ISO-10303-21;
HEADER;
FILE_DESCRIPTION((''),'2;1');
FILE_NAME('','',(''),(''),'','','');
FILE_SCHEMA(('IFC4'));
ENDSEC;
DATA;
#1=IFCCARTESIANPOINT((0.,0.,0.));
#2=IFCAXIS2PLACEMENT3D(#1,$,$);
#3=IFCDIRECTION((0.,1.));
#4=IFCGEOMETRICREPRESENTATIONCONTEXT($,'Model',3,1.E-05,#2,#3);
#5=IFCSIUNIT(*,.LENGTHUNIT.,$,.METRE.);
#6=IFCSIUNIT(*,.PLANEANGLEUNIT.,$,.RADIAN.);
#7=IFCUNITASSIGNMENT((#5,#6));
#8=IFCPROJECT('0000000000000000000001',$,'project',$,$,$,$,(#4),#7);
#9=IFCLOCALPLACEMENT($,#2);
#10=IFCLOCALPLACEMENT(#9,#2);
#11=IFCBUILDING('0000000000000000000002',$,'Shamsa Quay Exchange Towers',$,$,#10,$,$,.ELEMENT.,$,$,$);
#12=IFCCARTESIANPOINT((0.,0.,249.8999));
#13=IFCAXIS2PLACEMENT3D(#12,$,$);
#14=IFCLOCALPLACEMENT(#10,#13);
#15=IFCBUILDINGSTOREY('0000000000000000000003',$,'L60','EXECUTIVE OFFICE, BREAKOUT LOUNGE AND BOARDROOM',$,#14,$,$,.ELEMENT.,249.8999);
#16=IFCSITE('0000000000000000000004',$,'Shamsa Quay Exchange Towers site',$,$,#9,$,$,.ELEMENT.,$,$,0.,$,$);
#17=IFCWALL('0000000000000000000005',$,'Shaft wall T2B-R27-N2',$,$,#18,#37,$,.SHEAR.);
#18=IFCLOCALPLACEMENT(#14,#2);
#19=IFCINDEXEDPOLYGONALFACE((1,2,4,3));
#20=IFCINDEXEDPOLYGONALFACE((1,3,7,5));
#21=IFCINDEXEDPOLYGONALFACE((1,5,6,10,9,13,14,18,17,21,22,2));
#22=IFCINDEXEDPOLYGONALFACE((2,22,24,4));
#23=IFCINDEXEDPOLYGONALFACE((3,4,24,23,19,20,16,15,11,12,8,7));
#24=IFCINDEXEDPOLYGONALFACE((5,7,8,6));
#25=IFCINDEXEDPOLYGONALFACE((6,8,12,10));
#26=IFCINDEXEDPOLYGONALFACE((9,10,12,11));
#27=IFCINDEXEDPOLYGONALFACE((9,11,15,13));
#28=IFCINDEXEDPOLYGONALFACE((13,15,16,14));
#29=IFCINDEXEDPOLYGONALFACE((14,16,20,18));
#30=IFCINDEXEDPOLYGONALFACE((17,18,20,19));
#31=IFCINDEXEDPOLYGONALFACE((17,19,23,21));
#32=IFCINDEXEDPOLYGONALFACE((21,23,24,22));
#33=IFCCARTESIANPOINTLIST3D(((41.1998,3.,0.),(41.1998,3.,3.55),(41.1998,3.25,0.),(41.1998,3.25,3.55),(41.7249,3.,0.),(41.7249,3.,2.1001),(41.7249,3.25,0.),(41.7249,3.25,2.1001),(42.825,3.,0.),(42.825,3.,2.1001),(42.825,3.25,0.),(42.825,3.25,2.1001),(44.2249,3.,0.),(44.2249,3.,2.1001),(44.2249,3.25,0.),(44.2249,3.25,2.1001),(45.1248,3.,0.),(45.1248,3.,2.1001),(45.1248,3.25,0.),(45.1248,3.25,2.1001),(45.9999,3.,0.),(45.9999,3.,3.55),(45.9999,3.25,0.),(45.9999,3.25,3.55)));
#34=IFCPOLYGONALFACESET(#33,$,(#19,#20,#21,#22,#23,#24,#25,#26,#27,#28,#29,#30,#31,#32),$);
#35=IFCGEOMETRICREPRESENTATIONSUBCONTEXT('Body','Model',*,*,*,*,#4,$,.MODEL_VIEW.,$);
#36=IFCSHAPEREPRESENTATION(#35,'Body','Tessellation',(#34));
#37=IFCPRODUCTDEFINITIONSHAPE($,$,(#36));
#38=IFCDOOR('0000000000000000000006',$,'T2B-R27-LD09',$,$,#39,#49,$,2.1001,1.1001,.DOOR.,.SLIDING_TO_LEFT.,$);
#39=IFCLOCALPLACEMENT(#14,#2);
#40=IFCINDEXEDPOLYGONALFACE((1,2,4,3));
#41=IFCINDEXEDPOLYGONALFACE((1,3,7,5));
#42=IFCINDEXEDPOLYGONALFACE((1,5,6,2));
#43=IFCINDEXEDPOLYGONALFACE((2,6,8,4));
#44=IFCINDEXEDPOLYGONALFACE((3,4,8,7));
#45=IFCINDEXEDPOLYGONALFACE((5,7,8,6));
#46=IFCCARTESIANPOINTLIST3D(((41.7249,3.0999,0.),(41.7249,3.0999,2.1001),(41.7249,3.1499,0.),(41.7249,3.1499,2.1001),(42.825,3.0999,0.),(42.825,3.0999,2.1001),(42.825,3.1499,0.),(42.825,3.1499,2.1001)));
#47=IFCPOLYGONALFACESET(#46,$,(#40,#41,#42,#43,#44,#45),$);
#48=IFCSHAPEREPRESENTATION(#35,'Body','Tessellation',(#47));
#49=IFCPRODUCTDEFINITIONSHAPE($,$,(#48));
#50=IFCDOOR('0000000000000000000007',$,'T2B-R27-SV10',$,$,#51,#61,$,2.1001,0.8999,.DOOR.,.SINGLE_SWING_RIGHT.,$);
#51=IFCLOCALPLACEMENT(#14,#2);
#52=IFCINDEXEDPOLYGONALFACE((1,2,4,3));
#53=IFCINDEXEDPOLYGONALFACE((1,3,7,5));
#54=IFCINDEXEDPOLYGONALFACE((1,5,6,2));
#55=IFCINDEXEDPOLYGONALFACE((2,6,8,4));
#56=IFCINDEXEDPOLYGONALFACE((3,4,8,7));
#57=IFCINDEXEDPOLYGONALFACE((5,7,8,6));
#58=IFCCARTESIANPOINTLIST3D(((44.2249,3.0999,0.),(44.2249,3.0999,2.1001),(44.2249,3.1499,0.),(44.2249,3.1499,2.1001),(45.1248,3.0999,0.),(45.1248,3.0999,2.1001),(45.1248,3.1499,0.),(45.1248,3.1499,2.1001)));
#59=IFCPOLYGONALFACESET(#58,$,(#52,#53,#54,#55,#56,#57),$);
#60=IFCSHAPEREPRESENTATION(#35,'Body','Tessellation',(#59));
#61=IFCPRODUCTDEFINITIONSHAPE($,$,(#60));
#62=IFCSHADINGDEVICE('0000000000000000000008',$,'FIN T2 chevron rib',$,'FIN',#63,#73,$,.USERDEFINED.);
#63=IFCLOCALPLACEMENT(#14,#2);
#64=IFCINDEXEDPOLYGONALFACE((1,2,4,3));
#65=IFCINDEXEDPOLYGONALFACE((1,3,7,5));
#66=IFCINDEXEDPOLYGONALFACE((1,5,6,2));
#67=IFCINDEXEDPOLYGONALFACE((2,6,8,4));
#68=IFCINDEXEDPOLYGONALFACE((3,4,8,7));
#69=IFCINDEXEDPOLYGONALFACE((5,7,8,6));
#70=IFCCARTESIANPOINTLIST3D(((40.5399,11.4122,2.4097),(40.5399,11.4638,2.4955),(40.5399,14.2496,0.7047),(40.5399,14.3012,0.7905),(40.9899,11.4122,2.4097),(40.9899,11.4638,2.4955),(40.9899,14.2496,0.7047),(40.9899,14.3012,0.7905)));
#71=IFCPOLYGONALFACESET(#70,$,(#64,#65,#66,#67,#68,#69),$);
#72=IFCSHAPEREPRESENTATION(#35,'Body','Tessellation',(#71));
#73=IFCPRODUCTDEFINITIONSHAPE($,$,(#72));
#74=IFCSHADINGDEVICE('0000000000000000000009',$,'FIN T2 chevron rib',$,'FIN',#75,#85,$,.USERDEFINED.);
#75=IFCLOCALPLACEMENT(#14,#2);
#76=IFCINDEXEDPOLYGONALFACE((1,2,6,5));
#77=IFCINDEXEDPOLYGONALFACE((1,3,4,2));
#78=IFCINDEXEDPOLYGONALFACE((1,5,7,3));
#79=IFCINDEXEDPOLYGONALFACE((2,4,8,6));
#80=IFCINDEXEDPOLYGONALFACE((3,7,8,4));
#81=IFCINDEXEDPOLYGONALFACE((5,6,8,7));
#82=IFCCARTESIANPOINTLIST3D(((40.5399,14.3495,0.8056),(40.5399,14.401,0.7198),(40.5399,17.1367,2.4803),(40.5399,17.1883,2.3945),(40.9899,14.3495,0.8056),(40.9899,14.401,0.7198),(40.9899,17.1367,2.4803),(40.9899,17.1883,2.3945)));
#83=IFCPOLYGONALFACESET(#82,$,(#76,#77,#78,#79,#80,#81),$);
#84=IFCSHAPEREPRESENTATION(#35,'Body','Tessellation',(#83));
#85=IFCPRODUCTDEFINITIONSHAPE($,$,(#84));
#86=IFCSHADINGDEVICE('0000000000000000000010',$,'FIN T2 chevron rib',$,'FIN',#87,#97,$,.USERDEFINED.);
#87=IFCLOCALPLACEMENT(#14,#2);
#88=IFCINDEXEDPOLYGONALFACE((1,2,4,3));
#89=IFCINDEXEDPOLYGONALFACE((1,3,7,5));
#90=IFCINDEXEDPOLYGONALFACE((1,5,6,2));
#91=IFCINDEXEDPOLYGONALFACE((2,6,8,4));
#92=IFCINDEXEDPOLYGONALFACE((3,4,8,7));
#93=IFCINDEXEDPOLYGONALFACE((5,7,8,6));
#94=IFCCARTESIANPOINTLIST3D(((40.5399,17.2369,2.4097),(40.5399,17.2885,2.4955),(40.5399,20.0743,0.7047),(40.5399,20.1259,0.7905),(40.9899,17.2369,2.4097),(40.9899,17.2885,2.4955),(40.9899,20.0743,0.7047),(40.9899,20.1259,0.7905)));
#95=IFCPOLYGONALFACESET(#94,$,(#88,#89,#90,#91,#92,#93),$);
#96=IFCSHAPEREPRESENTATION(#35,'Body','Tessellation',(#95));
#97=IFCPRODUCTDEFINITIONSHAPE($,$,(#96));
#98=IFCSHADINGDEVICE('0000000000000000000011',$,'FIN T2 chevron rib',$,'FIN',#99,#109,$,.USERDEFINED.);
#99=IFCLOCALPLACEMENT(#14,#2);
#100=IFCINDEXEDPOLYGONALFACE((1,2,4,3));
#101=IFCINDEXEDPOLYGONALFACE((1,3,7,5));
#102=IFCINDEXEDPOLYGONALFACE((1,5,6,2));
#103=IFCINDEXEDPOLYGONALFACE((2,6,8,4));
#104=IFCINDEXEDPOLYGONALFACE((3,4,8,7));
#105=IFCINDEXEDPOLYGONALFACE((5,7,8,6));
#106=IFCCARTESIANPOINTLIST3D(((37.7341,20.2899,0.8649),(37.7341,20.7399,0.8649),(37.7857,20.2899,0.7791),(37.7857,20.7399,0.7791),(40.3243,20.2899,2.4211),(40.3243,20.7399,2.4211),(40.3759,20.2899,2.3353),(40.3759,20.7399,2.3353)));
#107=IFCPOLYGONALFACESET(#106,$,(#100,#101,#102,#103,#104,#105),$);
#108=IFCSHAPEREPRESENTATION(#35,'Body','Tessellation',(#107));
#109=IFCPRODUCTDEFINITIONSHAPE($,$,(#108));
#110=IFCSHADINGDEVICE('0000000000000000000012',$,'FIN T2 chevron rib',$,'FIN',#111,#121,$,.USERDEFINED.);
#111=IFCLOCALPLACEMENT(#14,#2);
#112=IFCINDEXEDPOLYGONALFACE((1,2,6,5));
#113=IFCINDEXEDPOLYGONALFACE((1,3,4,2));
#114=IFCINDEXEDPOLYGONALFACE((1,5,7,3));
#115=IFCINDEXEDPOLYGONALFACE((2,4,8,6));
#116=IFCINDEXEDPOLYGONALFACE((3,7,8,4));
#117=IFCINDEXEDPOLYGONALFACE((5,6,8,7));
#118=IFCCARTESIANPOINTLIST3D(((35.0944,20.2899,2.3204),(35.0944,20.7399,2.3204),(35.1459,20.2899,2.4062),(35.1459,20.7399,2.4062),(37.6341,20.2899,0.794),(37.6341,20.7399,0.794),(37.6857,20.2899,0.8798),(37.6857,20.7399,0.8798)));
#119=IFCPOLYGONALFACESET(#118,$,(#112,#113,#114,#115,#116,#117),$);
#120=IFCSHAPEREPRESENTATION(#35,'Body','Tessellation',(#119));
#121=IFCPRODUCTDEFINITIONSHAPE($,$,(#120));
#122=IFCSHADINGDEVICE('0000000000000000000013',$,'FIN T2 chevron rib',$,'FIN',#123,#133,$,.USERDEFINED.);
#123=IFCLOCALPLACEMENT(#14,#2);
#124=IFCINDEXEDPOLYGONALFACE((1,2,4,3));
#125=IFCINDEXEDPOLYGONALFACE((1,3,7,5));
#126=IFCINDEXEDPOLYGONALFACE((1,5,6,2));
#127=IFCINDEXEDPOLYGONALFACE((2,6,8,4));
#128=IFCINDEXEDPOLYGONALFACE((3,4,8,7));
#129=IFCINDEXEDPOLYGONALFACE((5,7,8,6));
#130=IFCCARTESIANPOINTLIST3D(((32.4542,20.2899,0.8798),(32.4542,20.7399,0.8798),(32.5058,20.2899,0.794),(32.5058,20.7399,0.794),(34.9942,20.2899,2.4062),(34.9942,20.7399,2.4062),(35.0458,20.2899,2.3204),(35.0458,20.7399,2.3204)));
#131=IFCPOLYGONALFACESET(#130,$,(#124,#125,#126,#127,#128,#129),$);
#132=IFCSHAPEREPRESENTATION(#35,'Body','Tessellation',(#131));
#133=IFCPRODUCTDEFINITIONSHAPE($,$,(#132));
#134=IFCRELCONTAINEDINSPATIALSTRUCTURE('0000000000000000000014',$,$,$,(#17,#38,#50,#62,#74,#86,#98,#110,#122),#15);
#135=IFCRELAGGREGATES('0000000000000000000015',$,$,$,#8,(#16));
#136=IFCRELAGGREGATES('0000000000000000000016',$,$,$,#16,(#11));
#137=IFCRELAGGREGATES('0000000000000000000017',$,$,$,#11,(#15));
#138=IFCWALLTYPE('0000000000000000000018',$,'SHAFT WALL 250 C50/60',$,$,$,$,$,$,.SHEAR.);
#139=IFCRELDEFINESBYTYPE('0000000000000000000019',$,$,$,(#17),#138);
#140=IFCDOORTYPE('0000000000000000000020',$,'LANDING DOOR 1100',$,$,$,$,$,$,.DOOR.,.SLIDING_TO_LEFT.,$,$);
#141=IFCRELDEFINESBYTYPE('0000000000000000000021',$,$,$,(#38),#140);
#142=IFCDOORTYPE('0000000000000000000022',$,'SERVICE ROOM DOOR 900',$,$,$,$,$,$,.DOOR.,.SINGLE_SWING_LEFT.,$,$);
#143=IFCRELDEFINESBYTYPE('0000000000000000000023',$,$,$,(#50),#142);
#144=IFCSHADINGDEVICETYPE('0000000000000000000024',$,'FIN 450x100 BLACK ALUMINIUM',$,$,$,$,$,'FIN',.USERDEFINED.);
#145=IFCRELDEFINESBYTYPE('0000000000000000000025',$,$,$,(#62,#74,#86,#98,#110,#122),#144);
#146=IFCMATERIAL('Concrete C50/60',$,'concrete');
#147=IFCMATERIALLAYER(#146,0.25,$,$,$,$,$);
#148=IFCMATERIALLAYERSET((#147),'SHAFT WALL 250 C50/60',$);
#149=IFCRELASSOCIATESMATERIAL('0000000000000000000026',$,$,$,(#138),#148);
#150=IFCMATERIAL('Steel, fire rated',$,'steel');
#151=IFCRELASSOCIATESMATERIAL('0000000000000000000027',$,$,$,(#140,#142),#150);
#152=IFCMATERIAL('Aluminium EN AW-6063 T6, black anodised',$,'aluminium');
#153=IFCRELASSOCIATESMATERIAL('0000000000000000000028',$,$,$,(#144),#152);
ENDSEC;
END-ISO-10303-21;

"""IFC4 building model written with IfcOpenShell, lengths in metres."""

from ifc_helpers import new_model, si_unit, direction, frame, frame_2d, origin, origin_2d, place, context, subcontext, project, spatial, rectangle, extrude, material, layer, layer_set, material_profile, profile_set, type_object, element, fill, save


model = new_model("IFC4")

# Units and contexts
model_context = context("Model", 3, precision=1e-05, world=origin(), true_north=direction((0.0, 1.0)))
body_context = subcontext(model_context, "Body", "Model", "MODEL_VIEW")
ifc_project = project(units=[si_unit("LENGTHUNIT", "METRE"), si_unit("PLANEANGLEUNIT", "RADIAN")], contexts=[model_context])

# Site, building, storey
site_placement = place(None, origin())
site = spatial("IfcSite", under=ifc_project, at=site_placement, Name="Shamsa Quay Exchange Towers site", CompositionType="ELEMENT", RefElevation=0.0)
building_placement = place(site_placement, origin())
building = spatial("IfcBuilding", under=site, at=building_placement, Name="Shamsa Quay Exchange Towers", CompositionType="ELEMENT")
storey_placement = place(building_placement, frame((0.0, 0.0, 249.8999)))
storey = spatial("IfcBuildingStorey", under=building, at=storey_placement, Name="L60", Description="EXECUTIVE OFFICE, BREAKOUT LOUNGE AND BOARDROOM", CompositionType="ELEMENT", Elevation=249.8999)

# Shared definitions
ifc_material_1 = material(Name="Aluminium EN AW-6063 T6, black anodised", Category="aluminium")

# Wall, openings, doors
ifc_material_2 = material(Name="Concrete C50/60", Category="concrete")
ifc_layer_1 = layer(ifc_material_2, 0.25)
ifc_layer_set_1 = layer_set([ifc_layer_1], Name="SHAFT WALL 250 C50/60")
wall_type_1 = type_object("IfcWallType", Name="SHAFT WALL 250 C50/60", PredefinedType="SHEAR", material=ifc_layer_set_1)
wall_1_placement = place(storey_placement, frame((41.2, 3.125, 0.0)))
wall_1 = element("IfcWall", 1, at=wall_1_placement, inside=storey, type_object=wall_type_1, Name="Shaft wall T2B-R27-N2", PredefinedType="SHEAR", context=body_context, shape_type="SweptSolid", body=[
    extrude(rectangle(XDim=4.8, YDim=0.25, at=frame_2d((2.3999, 0.0))), origin(), (0.0, 0.0, 1.0), 3.55),
])
opening_1_placement = place(wall_1_placement, frame((0.5249, 0.0, 0.0)))
opening_1 = element("IfcOpeningElement", 2, at=opening_1_placement, cuts=wall_1, PredefinedType="OPENING", context=body_context, shape_type="SweptSolid", body=[
    extrude(rectangle(XDim=1.1001, YDim=2.1001, at=frame_2d((0.55, 1.05))), frame((0.0, 0.135, 0.0), z_axis=(0.0, -1.0, 0.0), x_axis=(1.0, 0.0, 0.0)), (0.0, 0.0, 1.0), 0.27),
])
opening_2_placement = place(wall_1_placement, frame((3.0249, 0.0, 0.0)))
opening_2 = element("IfcOpeningElement", 3, at=opening_2_placement, cuts=wall_1, PredefinedType="OPENING", context=body_context, shape_type="SweptSolid", body=[
    extrude(rectangle(XDim=0.8999, YDim=2.1001, at=frame_2d((0.45, 1.05))), frame((0.0, 0.135, 0.0), z_axis=(0.0, -1.0, 0.0), x_axis=(1.0, 0.0, 0.0)), (0.0, 0.0, 1.0), 0.27),
])
ifc_material_3 = material(Name="Steel, fire rated", Category="steel")
door_type_1 = type_object("IfcDoorType", Name="LANDING DOOR 1100", OperationType="SLIDING_TO_LEFT", PredefinedType="DOOR", material=ifc_material_3)
door_1_placement = place(opening_1_placement, origin())
door_1 = element("IfcDoor", 4, at=door_1_placement, inside=storey, type_object=door_type_1, Name="T2B-R27-LD09", OperationType="SLIDING_TO_LEFT", OverallHeight=2.1001, OverallWidth=1.1001, PredefinedType="DOOR", context=body_context, shape_type="SweptSolid", body=[
    extrude(rectangle(XDim=1.1001, YDim=2.1001, at=frame_2d((0.55, 1.05))), frame((0.0, 0.0249, 0.0), z_axis=(0.0, -1.0, 0.0), x_axis=(1.0, 0.0, 0.0)), (0.0, 0.0, 1.0), 0.05),
])
fill(opening_1, door_1)
door_type_2 = type_object("IfcDoorType", Name="SERVICE ROOM DOOR 900", OperationType="SINGLE_SWING_LEFT", PredefinedType="DOOR", material=ifc_material_3)
door_2_placement = place(opening_2_placement, origin())
door_2 = element("IfcDoor", 5, at=door_2_placement, inside=storey, type_object=door_type_2, Name="T2B-R27-SV10", OperationType="SINGLE_SWING_RIGHT", OverallHeight=2.1001, OverallWidth=0.8999, PredefinedType="DOOR", context=body_context, shape_type="SweptSolid", body=[
    extrude(rectangle(XDim=0.8999, YDim=2.1001, at=frame_2d((0.45, 1.05))), frame((0.0, 0.0249, 0.0), z_axis=(0.0, -1.0, 0.0), x_axis=(1.0, 0.0, 0.0)), (0.0, 0.0, 1.0), 0.05),
])
fill(opening_2, door_2)

# Shading devices
ifc_material_profile_1 = material_profile(ifc_material_1, rectangle(XDim=0.45, YDim=0.1001, at=origin_2d()), Name="FIN450x100")
ifc_profile_set_1 = profile_set([ifc_material_profile_1], Name="Aluminium EN AW-6063 T6, black anodised")
shading_device_type = type_object("IfcShadingDeviceType", Name="FIN 450x100 BLACK ALUMINIUM", ElementType="FIN", PredefinedType="USERDEFINED", material=ifc_profile_set_1)
shading_device_1_placement = place(storey_placement, frame((40.7649, 11.438, 2.4526), z_axis=(0.0, 0.857141, -0.515081), x_axis=(-1.0, 0.0, 0.0)))
element("IfcShadingDevice", 6, at=shading_device_1_placement, inside=storey, type_object=shading_device_type, Name="FIN T2 chevron rib", ObjectType="FIN", PredefinedType="USERDEFINED", context=body_context, shape_type="SweptSolid", body=[
    extrude(rectangle(XDim=0.45, YDim=0.1001, at=origin_2d()), origin(), (0.0, 0.0, 1.0), 3.3103),
])
shading_device_2_placement = place(storey_placement, frame((40.7649, 14.3752, 0.7627), z_axis=(0.0, 0.857168, 0.515037), x_axis=(-1.0, 0.0, 0.0)))
element("IfcShadingDevice", 7, at=shading_device_2_placement, inside=storey, type_object=shading_device_type, Name="FIN T2 chevron rib", ObjectType="FIN", PredefinedType="USERDEFINED", context=body_context, shape_type="SweptSolid", body=[
    extrude(rectangle(XDim=0.45, YDim=0.1001, at=origin_2d()), origin(), (0.0, 0.0, 1.0), 3.2517),
])
shading_device_3_placement = place(storey_placement, frame((40.7649, 17.2627, 2.4526), z_axis=(0.0, 0.857141, -0.515081), x_axis=(-1.0, 0.0, 0.0)))
element("IfcShadingDevice", 8, at=shading_device_3_placement, inside=storey, type_object=shading_device_type, Name="FIN T2 chevron rib", ObjectType="FIN", PredefinedType="USERDEFINED", context=body_context, shape_type="SweptSolid", body=[
    extrude(rectangle(XDim=0.45, YDim=0.1001, at=origin_2d()), origin(), (0.0, 0.0, 1.0), 3.3103),
])
shading_device_4_placement = place(storey_placement, frame((40.3501, 20.5149, 2.3782), z_axis=(-0.857186, 0.0, -0.515007), x_axis=(0.0, -1.0, 0.0)))
element("IfcShadingDevice", 9, at=shading_device_4_placement, inside=storey, type_object=shading_device_type, Name="FIN T2 chevron rib", ObjectType="FIN", PredefinedType="USERDEFINED", context=body_context, shape_type="SweptSolid", body=[
    extrude(rectangle(XDim=0.45, YDim=0.1001, at=origin_2d()), origin(), (0.0, 0.0, 1.0), 3.0217),
])
shading_device_5_placement = place(storey_placement, frame((37.6599, 20.5149, 0.8369), z_axis=(-0.857122, 0.0, 0.515114), x_axis=(0.0, -1.0, 0.0)))
element("IfcShadingDevice", 10, at=shading_device_5_placement, inside=storey, type_object=shading_device_type, Name="FIN T2 chevron rib", ObjectType="FIN", PredefinedType="USERDEFINED", context=body_context, shape_type="SweptSolid", body=[
    extrude(rectangle(XDim=0.45, YDim=0.1001, at=origin_2d()), origin(), (0.0, 0.0, 1.0), 2.9631),
])
shading_device_6_placement = place(storey_placement, frame((35.02, 20.5149, 2.3633), z_axis=(-0.857144, 0.0, -0.515077), x_axis=(0.0, -1.0, 0.0)))
element("IfcShadingDevice", 11, at=shading_device_6_placement, inside=storey, type_object=shading_device_type, Name="FIN T2 chevron rib", ObjectType="FIN", PredefinedType="USERDEFINED", context=body_context, shape_type="SweptSolid", body=[
    extrude(rectangle(XDim=0.45, YDim=0.1001, at=origin_2d()), origin(), (0.0, 0.0, 1.0), 2.9634),
])

save(model, "model.ifc")
